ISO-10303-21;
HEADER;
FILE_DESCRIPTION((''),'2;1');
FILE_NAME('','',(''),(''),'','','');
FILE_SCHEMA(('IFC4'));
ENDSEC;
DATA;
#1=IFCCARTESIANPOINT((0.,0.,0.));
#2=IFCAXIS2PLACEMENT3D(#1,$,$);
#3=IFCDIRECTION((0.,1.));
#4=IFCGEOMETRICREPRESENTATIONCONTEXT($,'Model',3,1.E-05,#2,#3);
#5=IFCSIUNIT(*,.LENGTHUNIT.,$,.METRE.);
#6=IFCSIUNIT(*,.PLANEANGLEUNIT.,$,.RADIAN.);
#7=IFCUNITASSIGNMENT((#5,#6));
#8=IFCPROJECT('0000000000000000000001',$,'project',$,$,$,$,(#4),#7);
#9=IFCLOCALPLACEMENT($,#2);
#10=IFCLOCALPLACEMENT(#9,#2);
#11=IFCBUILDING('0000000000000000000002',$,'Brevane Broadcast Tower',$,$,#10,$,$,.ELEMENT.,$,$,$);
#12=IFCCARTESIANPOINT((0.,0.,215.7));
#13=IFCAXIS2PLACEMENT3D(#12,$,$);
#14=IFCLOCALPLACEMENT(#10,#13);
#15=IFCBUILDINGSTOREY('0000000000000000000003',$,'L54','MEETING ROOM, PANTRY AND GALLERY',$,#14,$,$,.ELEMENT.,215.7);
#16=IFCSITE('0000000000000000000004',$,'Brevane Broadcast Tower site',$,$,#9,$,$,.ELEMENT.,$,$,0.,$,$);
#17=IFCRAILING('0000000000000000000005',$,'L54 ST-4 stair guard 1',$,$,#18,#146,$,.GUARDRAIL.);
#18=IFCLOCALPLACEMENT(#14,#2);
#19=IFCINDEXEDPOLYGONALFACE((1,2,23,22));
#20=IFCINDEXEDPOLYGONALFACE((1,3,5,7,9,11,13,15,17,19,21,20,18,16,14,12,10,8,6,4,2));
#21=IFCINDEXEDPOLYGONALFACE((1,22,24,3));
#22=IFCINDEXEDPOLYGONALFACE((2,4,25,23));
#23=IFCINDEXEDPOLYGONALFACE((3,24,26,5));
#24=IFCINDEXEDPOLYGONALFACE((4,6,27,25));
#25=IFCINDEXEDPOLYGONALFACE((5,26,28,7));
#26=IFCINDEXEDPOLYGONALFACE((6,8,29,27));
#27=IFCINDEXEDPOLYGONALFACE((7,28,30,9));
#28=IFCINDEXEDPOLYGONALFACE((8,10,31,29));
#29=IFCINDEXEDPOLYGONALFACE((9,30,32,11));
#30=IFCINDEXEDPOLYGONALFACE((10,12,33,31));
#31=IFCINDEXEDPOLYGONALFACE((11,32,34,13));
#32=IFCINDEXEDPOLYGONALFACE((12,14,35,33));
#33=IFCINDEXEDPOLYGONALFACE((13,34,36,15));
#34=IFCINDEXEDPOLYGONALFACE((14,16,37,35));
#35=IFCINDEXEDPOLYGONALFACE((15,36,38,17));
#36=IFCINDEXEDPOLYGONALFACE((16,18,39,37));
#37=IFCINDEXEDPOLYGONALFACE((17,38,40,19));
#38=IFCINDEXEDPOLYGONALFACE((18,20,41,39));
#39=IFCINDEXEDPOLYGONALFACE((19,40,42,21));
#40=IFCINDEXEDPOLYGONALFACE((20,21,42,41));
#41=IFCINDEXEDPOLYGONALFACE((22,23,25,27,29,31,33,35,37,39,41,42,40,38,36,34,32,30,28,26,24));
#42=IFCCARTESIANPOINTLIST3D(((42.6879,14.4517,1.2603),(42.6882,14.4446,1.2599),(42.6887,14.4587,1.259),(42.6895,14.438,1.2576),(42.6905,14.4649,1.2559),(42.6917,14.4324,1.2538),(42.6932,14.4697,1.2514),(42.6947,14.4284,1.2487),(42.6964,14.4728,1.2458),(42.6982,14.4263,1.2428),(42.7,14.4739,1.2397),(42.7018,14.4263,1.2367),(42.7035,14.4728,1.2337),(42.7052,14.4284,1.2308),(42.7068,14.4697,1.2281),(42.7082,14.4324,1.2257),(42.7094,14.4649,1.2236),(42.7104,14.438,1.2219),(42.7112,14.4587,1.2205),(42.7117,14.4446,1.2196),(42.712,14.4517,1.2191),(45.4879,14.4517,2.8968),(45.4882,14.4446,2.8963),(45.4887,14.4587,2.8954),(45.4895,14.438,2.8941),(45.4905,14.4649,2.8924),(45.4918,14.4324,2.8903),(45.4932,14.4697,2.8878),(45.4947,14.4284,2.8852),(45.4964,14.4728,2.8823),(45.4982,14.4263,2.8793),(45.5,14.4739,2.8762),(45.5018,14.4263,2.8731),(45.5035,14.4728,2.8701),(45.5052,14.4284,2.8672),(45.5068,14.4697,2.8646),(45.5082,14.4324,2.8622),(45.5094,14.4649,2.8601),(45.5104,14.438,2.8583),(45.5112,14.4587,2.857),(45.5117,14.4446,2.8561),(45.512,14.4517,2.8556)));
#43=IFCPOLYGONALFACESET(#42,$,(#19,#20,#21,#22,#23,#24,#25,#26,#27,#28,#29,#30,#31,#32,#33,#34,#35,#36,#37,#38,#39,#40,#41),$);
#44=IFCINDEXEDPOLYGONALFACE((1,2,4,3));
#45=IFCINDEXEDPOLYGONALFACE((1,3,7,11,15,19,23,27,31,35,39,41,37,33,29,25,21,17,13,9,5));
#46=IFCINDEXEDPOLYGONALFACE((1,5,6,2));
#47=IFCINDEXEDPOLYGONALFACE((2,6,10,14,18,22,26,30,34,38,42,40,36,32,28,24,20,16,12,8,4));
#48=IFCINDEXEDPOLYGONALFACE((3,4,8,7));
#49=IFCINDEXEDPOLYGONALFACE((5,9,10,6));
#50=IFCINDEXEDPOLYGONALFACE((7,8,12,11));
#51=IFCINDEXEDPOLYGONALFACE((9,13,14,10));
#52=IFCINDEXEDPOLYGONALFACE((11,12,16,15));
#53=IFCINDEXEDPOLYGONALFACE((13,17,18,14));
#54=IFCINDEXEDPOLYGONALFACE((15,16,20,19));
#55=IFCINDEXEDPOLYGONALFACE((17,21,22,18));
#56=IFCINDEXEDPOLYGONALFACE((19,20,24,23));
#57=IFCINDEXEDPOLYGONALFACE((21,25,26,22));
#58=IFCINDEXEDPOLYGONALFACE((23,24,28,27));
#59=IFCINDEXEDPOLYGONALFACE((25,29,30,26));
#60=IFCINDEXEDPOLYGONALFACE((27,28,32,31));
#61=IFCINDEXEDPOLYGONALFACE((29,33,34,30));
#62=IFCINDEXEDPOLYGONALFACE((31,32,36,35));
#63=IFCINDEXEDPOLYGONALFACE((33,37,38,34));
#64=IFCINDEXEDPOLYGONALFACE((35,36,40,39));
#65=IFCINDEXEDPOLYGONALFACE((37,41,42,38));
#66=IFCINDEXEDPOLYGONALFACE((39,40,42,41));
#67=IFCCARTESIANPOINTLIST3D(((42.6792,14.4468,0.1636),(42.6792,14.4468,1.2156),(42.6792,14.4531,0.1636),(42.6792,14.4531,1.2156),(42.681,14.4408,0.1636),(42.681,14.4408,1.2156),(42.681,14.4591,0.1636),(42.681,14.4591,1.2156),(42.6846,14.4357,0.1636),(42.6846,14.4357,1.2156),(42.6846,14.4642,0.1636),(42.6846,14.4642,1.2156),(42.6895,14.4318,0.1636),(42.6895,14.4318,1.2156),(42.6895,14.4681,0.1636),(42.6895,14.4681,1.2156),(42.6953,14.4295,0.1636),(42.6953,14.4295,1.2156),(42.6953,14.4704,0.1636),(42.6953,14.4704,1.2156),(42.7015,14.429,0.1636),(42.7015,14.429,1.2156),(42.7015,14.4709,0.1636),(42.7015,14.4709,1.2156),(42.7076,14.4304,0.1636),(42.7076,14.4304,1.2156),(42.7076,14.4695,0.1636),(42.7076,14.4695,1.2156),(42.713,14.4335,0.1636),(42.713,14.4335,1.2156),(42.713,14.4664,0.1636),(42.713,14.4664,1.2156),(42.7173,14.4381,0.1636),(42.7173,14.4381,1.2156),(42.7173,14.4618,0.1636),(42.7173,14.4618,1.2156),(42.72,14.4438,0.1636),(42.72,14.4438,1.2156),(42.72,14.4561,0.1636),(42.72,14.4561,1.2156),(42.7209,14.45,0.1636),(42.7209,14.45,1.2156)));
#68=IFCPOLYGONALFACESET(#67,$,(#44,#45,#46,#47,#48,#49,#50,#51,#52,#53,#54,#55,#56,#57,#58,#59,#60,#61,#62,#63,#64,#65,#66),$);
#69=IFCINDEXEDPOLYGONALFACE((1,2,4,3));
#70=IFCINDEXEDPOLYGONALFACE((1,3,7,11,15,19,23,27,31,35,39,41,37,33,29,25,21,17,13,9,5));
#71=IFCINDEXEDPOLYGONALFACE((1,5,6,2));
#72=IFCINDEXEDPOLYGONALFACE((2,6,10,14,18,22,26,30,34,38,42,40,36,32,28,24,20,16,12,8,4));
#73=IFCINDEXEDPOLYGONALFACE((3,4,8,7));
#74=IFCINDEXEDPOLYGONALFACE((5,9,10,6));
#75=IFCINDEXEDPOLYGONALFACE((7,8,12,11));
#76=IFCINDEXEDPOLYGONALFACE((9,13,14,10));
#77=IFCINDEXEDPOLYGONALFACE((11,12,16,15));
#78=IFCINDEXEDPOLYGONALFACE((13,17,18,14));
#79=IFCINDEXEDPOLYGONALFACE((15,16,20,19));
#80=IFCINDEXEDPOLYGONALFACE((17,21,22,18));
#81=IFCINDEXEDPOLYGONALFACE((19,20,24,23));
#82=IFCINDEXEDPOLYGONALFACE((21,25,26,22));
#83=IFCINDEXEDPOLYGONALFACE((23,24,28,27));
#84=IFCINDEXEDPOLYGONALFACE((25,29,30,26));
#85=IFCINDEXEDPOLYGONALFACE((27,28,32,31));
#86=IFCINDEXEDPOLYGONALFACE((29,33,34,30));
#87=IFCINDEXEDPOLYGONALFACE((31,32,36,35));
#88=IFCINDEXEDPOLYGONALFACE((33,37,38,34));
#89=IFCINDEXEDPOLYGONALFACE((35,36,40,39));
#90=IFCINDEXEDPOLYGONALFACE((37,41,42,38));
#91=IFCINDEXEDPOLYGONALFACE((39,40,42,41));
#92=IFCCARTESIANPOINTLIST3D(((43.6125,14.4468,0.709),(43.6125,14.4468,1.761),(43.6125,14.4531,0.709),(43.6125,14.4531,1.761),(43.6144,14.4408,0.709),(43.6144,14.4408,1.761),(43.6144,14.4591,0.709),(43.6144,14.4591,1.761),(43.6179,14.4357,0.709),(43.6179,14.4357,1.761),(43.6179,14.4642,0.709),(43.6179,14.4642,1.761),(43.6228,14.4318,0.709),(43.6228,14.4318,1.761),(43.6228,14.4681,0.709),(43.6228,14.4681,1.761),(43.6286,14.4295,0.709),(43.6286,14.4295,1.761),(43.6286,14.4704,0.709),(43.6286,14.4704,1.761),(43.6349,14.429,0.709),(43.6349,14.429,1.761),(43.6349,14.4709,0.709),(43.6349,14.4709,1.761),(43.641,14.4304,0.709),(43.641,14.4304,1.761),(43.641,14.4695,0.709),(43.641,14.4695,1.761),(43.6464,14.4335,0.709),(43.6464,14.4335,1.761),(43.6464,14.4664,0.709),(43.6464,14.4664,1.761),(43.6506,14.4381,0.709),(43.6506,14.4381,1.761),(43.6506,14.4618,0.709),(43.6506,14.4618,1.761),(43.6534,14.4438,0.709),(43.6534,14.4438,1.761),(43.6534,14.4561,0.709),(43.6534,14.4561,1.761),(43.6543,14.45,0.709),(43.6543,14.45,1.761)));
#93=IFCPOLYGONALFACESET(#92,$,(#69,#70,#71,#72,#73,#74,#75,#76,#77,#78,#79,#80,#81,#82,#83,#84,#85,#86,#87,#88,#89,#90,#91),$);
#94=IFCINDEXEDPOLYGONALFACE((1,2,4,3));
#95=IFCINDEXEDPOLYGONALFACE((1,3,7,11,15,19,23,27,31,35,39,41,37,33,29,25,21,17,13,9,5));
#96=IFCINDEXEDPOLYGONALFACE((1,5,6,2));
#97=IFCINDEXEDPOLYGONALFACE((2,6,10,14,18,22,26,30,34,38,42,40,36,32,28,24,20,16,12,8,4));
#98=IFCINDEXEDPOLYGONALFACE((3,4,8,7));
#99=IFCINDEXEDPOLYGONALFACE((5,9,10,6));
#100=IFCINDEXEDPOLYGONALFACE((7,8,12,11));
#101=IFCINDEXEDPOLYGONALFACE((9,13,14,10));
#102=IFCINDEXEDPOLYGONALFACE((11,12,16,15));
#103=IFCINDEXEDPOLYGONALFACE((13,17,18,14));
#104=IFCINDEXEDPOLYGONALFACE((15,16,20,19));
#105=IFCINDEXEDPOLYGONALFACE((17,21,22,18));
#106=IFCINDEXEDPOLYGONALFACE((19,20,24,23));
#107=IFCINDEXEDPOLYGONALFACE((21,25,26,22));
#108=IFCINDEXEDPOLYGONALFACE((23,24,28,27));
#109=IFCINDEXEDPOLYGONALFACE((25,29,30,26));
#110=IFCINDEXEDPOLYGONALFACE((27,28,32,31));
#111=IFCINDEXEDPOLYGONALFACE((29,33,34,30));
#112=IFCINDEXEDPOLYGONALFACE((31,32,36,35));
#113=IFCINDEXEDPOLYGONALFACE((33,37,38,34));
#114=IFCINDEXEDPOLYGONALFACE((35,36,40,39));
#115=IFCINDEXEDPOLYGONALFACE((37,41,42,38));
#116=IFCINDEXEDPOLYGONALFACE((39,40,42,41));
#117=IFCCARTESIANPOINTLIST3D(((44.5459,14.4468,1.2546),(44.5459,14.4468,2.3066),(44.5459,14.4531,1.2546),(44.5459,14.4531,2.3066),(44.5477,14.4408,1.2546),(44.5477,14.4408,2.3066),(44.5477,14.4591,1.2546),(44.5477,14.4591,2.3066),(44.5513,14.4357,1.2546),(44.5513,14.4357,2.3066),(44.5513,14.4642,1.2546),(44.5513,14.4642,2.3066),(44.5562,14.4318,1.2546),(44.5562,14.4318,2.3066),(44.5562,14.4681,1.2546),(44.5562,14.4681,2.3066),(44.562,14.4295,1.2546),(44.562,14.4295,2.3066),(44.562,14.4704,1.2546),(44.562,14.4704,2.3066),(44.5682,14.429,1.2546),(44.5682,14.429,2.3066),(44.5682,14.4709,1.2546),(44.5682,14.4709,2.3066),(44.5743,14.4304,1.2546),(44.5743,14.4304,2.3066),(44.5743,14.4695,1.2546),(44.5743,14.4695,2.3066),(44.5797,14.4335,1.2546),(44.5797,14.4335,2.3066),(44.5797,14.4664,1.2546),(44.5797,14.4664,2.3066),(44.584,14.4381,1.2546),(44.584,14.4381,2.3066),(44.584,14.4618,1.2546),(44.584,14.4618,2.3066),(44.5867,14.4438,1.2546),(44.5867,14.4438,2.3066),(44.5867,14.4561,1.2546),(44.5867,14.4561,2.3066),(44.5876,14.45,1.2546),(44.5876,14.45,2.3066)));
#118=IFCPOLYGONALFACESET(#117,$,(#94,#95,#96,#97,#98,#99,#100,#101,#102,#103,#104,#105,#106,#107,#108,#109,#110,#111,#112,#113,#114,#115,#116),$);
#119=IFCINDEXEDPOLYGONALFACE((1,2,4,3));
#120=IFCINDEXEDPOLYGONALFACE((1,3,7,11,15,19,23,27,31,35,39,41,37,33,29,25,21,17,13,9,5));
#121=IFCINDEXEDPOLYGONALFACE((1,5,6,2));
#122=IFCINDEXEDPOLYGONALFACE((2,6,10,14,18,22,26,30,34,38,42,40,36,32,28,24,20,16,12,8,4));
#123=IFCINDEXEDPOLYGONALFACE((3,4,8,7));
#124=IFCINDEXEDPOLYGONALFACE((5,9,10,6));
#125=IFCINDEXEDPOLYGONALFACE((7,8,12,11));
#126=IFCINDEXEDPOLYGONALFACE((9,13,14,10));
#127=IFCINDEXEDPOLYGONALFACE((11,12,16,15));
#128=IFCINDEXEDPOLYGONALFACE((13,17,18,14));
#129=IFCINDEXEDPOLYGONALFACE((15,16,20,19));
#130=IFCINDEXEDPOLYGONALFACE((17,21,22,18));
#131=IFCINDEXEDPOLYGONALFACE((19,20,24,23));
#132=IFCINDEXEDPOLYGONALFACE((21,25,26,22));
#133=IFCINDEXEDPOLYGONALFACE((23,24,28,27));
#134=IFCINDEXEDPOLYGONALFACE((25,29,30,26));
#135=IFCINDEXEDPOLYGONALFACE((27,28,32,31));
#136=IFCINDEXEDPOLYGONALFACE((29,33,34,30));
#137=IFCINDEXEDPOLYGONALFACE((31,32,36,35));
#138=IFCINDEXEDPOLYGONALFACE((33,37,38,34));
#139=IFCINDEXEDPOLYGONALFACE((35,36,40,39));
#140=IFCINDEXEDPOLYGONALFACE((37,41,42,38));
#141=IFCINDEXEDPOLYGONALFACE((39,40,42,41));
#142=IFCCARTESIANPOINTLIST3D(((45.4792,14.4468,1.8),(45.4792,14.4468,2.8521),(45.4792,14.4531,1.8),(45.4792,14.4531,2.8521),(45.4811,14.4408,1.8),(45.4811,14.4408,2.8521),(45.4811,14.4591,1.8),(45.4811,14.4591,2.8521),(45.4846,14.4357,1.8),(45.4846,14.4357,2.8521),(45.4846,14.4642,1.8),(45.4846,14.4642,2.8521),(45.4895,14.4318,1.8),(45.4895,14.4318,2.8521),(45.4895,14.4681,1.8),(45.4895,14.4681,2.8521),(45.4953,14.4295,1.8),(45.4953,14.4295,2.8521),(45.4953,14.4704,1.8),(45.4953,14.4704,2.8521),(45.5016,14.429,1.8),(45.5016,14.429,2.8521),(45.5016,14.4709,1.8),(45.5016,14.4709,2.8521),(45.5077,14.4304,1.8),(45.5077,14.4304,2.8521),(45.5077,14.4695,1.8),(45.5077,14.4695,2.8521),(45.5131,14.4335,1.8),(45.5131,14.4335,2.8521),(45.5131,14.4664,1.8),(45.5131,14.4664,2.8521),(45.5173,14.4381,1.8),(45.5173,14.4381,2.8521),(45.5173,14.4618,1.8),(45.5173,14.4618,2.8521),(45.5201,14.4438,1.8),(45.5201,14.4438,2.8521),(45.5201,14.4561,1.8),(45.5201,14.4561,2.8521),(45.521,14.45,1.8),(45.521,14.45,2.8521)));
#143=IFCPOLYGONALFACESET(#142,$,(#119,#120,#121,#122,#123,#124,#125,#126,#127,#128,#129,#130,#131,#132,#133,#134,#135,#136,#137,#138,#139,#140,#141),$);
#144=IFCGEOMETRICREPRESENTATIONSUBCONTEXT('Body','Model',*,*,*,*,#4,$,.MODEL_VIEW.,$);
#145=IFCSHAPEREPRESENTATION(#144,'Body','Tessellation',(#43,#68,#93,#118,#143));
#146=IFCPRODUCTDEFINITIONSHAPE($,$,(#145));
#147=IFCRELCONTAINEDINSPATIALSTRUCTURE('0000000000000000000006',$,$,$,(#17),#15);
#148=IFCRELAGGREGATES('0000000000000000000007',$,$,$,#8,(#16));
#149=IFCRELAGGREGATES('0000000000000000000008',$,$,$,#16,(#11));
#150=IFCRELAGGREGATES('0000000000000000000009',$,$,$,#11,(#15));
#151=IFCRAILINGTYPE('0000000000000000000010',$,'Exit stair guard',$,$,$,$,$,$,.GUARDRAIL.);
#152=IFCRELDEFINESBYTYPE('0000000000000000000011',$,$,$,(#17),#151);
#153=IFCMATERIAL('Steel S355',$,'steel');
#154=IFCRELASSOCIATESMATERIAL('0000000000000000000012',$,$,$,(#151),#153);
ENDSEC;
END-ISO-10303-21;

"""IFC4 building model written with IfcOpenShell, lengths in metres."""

from ifc_helpers import new_model, si_unit, direction, frame, origin, origin_2d, place, context, subcontext, project, spatial, circle, extrude, material, type_object, element, save


model = new_model("IFC4")

# Units and contexts
model_context = context("Model", 3, precision=1e-05, world=origin(), true_north=direction((0.0, 1.0)))
body_context = subcontext(model_context, "Body", "Model", "MODEL_VIEW")
ifc_project = project(units=[si_unit("LENGTHUNIT", "METRE"), si_unit("PLANEANGLEUNIT", "RADIAN")], contexts=[model_context])

# Site, building, storey
site_placement = place(None, origin())
site = spatial("IfcSite", under=ifc_project, at=site_placement, Name="Brevane Broadcast Tower site", CompositionType="ELEMENT", RefElevation=0.0)
building_placement = place(site_placement, origin())
building = spatial("IfcBuilding", under=site, at=building_placement, Name="Brevane Broadcast Tower", CompositionType="ELEMENT")
storey_placement = place(building_placement, frame((0.0, 0.0, 215.7)))
storey = spatial("IfcBuildingStorey", under=building, at=storey_placement, Name="L54", Description="MEETING ROOM, PANTRY AND GALLERY", CompositionType="ELEMENT", Elevation=215.7)

# Railing
ifc_material_1 = material(Name="Steel S355", Category="steel")
railing_type_1 = type_object("IfcRailingType", Name="Exit stair guard", PredefinedType="GUARDRAIL", material=ifc_material_1)
railing_1_placement = place(storey_placement, frame((42.7, 14.45, 0.1636)))
element("IfcRailing", 1, at=railing_1_placement, inside=storey, type_object=railing_type_1, Name="L54 ST-4 stair guard 1", PredefinedType="GUARDRAIL", context=body_context, shape_type="SweptSolid", body=[
    extrude(circle(Radius=0.0239, at=origin_2d()), frame((0.0, 0.0, 1.0762), z_axis=(0.863361, 0.0, 0.504587), x_axis=(0.0, 1.0, 0.0)), (0.0, 0.0, 1.0), 3.2432),
    extrude(circle(Radius=0.021, at=origin_2d()), origin(), (0.0, 0.0, 1.0), 1.052),
    extrude(circle(Radius=0.021, at=origin_2d()), frame((0.9333, 0.0, 0.5454)), (0.0, 0.0, 1.0), 1.052),
    extrude(circle(Radius=0.021, at=origin_2d()), frame((1.8667, 0.0, 1.0911)), (0.0, 0.0, 1.0), 1.052),
    extrude(circle(Radius=0.021, at=origin_2d()), frame((2.8, 0.0, 1.6365)), (0.0, 0.0, 1.0), 1.052),
])

save(model, "model.ifc")
